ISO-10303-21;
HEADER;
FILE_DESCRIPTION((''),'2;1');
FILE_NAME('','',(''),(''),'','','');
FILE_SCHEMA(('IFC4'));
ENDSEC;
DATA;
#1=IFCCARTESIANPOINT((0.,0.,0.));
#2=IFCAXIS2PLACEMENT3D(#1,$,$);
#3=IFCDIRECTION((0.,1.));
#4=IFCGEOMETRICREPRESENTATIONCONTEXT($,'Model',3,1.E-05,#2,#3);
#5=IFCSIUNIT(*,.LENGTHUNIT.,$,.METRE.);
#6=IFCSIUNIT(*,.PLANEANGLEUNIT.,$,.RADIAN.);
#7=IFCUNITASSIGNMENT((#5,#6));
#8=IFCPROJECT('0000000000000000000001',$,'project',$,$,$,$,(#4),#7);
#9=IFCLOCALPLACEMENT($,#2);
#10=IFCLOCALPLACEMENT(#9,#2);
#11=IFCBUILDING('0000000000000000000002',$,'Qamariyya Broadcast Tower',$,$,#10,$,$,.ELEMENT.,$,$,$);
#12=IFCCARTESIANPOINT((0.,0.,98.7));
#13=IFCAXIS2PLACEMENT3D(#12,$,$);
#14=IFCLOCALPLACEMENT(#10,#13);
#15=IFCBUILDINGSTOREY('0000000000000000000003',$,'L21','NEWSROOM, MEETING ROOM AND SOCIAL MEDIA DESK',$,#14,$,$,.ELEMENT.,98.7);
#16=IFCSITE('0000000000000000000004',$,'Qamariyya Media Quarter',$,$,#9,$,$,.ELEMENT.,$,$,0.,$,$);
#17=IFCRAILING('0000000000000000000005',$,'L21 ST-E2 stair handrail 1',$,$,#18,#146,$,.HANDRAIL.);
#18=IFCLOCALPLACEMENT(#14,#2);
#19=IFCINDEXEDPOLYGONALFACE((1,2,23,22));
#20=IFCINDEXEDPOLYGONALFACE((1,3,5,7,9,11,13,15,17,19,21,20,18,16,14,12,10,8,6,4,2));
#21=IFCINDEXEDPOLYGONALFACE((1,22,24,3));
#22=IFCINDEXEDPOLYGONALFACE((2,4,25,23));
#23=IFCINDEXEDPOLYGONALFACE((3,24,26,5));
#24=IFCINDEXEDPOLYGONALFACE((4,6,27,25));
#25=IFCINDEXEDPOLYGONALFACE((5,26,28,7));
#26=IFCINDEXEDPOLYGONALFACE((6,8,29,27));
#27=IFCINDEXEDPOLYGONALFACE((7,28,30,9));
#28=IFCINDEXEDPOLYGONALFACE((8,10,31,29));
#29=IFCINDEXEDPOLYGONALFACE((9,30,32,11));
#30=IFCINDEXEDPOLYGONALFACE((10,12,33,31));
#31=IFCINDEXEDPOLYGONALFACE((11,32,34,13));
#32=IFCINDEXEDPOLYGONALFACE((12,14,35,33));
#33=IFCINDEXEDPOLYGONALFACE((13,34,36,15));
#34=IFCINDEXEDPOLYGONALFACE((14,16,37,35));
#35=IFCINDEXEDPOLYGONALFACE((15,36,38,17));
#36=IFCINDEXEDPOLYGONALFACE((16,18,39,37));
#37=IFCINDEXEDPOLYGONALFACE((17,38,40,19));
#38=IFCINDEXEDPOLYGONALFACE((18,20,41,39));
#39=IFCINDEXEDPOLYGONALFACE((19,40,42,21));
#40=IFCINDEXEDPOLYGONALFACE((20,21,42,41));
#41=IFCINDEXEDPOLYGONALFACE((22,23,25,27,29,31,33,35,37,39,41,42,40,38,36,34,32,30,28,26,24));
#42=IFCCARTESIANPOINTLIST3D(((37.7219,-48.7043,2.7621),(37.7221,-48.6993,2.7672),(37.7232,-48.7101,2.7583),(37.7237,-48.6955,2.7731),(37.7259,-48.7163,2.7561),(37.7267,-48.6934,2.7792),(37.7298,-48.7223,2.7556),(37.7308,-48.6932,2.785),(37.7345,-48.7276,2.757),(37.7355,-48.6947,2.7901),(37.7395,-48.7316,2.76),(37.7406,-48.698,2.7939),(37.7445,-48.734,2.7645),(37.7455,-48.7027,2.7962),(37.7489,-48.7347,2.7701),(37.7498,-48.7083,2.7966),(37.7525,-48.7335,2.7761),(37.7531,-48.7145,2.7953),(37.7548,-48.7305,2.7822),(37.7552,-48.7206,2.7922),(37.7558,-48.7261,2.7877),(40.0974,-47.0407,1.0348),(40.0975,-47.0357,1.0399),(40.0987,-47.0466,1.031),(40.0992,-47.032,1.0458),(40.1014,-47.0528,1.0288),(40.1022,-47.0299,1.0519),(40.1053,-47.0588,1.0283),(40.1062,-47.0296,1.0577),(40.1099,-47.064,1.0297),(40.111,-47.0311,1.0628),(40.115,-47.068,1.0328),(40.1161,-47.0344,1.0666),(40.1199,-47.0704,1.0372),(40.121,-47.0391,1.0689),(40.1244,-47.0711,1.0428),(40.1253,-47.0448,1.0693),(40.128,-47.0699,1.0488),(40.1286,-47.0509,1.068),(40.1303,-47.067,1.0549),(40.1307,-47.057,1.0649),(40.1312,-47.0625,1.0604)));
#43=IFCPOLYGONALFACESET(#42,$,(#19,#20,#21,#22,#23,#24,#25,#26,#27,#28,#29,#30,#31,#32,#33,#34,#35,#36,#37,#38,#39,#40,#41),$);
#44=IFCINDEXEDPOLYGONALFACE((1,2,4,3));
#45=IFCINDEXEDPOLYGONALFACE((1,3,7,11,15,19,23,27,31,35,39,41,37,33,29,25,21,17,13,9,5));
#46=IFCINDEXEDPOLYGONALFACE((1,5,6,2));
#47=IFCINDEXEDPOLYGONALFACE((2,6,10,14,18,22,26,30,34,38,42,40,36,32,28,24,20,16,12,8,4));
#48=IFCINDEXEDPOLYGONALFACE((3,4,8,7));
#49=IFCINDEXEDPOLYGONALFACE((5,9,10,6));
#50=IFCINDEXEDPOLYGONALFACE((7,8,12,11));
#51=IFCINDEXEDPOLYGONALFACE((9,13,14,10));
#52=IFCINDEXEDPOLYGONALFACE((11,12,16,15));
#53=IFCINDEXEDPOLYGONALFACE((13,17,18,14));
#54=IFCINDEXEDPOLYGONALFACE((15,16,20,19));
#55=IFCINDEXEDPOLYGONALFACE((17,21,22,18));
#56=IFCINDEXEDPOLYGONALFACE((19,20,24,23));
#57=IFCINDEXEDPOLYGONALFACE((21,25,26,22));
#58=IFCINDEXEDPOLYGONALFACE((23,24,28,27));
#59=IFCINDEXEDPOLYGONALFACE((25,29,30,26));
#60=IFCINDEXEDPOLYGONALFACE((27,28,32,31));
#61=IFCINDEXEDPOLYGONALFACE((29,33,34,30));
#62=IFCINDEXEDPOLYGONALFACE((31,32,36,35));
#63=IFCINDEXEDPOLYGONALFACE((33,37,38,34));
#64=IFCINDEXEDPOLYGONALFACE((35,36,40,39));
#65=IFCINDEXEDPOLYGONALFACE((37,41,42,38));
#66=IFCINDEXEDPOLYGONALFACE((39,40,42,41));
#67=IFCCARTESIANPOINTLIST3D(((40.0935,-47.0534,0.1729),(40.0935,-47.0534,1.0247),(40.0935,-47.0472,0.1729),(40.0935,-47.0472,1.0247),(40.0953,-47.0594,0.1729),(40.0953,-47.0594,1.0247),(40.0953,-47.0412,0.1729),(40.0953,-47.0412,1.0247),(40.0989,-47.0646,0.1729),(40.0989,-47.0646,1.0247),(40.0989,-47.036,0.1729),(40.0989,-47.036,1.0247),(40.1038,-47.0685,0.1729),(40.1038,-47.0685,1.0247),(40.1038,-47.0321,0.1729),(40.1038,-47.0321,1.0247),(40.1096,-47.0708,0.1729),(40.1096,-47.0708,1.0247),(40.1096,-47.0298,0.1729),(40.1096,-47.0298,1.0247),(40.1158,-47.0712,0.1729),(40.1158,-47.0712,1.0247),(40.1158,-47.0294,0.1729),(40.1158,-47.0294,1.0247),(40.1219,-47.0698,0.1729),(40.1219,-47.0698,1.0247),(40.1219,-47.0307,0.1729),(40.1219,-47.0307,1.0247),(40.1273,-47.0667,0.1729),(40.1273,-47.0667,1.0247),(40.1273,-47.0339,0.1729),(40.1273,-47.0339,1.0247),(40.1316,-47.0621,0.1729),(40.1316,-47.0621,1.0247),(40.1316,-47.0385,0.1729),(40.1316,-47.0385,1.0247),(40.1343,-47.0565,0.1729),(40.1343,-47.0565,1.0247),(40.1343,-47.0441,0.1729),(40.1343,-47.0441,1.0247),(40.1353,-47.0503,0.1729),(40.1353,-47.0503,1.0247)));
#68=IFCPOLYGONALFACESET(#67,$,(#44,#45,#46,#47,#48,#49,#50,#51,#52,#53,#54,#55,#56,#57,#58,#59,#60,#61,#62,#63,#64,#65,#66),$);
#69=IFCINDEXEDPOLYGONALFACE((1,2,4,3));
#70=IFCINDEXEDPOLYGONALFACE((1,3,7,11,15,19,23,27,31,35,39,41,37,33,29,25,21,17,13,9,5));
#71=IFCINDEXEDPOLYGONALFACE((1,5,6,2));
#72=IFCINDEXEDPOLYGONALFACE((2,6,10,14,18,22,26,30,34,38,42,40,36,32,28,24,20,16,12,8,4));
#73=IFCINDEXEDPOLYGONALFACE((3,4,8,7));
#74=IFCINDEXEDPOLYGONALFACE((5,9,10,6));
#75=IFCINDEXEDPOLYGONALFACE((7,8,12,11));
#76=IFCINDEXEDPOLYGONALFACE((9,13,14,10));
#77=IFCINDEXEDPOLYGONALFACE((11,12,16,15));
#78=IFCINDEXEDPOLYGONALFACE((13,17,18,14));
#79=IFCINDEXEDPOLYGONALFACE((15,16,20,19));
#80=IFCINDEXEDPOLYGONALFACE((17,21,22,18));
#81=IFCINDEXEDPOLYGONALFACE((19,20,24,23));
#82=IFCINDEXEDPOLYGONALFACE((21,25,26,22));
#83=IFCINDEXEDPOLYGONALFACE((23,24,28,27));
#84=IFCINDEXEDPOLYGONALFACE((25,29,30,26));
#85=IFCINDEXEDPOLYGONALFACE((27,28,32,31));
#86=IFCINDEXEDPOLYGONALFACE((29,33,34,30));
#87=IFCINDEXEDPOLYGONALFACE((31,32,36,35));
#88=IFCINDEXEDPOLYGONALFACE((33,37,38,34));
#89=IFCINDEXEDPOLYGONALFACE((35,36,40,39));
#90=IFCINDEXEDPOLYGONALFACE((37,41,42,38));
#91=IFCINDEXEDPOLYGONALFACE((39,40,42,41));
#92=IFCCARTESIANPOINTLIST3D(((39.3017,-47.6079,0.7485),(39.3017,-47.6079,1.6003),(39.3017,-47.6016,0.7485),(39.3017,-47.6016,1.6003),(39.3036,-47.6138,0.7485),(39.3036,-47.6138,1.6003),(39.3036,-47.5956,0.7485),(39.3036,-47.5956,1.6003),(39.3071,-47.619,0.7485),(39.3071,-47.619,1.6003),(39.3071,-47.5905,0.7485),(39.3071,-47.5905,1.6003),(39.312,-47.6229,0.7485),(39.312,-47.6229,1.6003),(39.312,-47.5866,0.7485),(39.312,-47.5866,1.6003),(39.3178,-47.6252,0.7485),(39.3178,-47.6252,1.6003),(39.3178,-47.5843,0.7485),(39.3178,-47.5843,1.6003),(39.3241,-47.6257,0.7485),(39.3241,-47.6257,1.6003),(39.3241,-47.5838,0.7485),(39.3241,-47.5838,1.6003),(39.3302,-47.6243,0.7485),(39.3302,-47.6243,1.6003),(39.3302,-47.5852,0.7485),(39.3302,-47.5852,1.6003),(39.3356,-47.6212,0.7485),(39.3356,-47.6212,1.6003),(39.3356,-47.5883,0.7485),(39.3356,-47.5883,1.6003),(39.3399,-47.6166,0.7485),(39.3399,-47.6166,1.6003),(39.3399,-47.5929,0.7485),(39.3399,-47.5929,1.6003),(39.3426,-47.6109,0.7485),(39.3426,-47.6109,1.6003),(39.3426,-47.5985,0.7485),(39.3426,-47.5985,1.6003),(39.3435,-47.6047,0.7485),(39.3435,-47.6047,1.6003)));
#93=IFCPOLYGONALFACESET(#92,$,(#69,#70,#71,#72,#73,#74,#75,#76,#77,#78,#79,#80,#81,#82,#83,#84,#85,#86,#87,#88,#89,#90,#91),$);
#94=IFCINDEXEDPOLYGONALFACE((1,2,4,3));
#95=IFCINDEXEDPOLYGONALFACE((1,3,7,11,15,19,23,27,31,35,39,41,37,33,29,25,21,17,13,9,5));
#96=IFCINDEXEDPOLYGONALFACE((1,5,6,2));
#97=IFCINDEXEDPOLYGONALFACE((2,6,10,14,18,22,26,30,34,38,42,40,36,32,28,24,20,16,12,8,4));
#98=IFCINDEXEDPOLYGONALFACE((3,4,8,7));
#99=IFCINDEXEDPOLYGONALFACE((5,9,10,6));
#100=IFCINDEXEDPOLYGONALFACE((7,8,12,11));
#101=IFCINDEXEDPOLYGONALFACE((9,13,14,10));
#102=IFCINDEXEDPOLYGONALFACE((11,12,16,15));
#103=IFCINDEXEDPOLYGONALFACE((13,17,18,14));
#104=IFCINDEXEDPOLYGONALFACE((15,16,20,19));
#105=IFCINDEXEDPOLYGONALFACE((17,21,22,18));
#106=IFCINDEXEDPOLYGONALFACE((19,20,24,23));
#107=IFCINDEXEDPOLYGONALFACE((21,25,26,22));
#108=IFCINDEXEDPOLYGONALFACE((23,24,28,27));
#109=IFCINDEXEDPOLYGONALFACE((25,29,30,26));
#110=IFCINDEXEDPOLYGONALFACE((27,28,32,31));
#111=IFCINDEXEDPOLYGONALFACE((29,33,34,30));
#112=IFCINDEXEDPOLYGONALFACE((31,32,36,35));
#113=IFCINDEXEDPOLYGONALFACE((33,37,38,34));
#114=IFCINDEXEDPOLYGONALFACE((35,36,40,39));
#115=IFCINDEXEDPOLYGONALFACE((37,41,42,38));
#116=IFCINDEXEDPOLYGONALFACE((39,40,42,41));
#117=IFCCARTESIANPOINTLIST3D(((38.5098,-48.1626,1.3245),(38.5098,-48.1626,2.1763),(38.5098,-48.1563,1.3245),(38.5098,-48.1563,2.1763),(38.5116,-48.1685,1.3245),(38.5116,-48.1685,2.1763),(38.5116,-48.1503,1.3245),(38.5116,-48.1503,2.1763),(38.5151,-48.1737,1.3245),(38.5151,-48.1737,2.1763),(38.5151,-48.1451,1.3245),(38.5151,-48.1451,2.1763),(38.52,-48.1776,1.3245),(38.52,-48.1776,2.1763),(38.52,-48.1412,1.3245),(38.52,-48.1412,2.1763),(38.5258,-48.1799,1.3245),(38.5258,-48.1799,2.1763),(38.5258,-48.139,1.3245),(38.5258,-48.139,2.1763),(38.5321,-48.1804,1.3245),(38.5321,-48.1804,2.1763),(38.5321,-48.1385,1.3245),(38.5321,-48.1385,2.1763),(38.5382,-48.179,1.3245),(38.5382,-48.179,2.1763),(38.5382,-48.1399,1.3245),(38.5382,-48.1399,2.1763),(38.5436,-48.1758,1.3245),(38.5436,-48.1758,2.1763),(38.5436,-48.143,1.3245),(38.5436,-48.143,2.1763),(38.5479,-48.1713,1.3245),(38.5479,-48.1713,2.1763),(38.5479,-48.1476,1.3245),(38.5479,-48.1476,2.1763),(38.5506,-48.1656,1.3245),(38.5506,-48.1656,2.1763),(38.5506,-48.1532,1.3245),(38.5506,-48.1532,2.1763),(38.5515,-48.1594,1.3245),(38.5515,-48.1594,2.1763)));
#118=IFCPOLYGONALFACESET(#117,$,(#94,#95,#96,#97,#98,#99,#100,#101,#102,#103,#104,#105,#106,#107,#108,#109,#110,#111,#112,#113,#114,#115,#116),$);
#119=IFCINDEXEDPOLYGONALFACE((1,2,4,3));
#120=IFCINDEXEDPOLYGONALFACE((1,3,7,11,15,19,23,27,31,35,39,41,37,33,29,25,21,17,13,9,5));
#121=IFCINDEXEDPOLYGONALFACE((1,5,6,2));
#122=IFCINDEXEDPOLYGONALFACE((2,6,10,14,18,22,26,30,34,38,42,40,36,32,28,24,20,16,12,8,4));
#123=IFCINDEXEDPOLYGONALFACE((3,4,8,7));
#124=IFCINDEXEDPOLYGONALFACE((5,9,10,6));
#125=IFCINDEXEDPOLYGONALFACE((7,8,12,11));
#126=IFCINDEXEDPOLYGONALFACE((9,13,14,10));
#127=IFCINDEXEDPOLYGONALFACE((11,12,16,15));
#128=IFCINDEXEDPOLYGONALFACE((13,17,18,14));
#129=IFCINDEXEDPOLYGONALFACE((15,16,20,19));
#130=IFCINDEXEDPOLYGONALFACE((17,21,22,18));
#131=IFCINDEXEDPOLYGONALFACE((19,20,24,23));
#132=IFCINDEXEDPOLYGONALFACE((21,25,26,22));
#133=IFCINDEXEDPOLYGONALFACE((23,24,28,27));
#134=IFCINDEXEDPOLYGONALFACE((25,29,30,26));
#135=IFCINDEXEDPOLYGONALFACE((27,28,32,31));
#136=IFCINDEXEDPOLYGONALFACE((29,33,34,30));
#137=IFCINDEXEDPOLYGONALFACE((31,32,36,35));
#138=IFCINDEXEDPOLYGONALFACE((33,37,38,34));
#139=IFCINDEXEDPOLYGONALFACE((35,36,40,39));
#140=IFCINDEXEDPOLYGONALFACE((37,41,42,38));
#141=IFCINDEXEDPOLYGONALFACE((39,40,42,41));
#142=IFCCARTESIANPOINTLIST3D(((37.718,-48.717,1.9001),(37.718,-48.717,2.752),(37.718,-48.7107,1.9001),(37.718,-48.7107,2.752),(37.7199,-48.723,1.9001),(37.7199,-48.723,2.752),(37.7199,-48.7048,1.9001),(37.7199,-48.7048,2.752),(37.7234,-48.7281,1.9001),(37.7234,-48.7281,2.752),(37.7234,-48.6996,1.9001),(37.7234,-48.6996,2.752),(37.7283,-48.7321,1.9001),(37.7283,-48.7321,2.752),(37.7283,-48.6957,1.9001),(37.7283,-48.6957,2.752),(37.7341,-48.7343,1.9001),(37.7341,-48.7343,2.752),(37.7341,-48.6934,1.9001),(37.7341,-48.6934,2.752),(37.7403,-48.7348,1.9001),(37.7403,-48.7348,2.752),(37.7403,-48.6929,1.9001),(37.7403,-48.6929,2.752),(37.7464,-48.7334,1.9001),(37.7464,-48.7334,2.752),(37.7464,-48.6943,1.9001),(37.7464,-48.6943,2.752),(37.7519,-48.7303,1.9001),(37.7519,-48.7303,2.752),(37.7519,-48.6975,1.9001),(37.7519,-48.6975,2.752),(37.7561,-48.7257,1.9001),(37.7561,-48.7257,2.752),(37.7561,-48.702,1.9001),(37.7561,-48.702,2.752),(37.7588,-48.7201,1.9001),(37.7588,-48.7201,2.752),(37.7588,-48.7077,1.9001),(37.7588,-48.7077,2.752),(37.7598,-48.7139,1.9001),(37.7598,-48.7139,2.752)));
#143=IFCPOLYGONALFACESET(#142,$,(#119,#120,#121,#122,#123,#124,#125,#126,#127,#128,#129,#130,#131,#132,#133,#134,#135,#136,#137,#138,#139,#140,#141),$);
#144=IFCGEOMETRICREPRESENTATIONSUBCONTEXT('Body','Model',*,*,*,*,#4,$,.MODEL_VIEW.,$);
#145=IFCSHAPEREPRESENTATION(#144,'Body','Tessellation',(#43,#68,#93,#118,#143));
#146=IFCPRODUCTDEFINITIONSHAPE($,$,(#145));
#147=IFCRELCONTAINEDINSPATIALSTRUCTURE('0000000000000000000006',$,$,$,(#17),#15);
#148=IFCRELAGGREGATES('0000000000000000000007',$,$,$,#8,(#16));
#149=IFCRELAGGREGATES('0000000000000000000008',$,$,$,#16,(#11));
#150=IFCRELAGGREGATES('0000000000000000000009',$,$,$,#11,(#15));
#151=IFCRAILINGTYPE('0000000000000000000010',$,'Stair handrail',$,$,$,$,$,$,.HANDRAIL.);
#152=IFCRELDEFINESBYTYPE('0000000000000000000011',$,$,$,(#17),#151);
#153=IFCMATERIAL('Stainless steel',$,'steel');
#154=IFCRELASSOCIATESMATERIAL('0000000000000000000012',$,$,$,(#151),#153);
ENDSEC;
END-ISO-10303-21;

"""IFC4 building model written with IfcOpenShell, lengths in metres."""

from ifc_helpers import new_model, si_unit, direction, frame, origin, origin_2d, place, context, subcontext, project, spatial, circle, extrude, material, type_object, element, save


model = new_model("IFC4")

# Units and contexts
model_context = context("Model", 3, precision=1e-05, world=origin(), true_north=direction((0.0, 1.0)))
body_context = subcontext(model_context, "Body", "Model", "MODEL_VIEW")
ifc_project = project(units=[si_unit("LENGTHUNIT", "METRE"), si_unit("PLANEANGLEUNIT", "RADIAN")], contexts=[model_context])

# Site, building, storey
site_placement = place(None, origin())
site = spatial("IfcSite", under=ifc_project, at=site_placement, Name="Qamariyya Media Quarter", CompositionType="ELEMENT", RefElevation=0.0)
building_placement = place(site_placement, origin())
building = spatial("IfcBuilding", under=site, at=building_placement, Name="Qamariyya Broadcast Tower", CompositionType="ELEMENT")
storey_placement = place(building_placement, frame((0.0, 0.0, 98.7)))
storey = spatial("IfcBuildingStorey", under=building, at=storey_placement, Name="L21", Description="NEWSROOM, MEETING ROOM AND SOCIAL MEDIA DESK", CompositionType="ELEMENT", Elevation=98.7)

# Railing
ifc_material_1 = material(Name="Stainless steel", Category="steel")
railing_type_1 = type_object("IfcRailingType", Name="Stair handrail", PredefinedType="HANDRAIL", material=ifc_material_1)
railing_1_placement = place(storey_placement, frame((40.1143, -47.0503, 0.1729)))
element("IfcRailing", 1, at=railing_1_placement, inside=storey, type_object=railing_type_1, Name="L21 ST-E2 stair handrail 1", PredefinedType="HANDRAIL", context=body_context, shape_type="SweptSolid", body=[
    extrude(circle(Radius=0.0239, at=origin_2d()), frame((0.0, 0.0, 0.876), z_axis=(-0.703745, -0.492838, 0.511716), x_axis=(0.573632, -0.819113, 0.0)), (0.0, 0.0, 1.0), 3.3755),
    extrude(circle(Radius=0.021, at=origin_2d()), origin(), (0.0, 0.0, 1.0), 0.8518),
    extrude(circle(Radius=0.021, at=origin_2d()), frame((-0.7917, -0.5544, 0.5757)), (0.0, 0.0, 1.0), 0.8518),
    extrude(circle(Radius=0.021, at=origin_2d()), frame((-1.5837, -1.1091, 1.1516)), (0.0, 0.0, 1.0), 0.8518),
    extrude(circle(Radius=0.021, at=origin_2d()), frame((-2.3755, -1.6636, 1.7273)), (0.0, 0.0, 1.0), 0.8518),
])

save(model, "model.ifc")
